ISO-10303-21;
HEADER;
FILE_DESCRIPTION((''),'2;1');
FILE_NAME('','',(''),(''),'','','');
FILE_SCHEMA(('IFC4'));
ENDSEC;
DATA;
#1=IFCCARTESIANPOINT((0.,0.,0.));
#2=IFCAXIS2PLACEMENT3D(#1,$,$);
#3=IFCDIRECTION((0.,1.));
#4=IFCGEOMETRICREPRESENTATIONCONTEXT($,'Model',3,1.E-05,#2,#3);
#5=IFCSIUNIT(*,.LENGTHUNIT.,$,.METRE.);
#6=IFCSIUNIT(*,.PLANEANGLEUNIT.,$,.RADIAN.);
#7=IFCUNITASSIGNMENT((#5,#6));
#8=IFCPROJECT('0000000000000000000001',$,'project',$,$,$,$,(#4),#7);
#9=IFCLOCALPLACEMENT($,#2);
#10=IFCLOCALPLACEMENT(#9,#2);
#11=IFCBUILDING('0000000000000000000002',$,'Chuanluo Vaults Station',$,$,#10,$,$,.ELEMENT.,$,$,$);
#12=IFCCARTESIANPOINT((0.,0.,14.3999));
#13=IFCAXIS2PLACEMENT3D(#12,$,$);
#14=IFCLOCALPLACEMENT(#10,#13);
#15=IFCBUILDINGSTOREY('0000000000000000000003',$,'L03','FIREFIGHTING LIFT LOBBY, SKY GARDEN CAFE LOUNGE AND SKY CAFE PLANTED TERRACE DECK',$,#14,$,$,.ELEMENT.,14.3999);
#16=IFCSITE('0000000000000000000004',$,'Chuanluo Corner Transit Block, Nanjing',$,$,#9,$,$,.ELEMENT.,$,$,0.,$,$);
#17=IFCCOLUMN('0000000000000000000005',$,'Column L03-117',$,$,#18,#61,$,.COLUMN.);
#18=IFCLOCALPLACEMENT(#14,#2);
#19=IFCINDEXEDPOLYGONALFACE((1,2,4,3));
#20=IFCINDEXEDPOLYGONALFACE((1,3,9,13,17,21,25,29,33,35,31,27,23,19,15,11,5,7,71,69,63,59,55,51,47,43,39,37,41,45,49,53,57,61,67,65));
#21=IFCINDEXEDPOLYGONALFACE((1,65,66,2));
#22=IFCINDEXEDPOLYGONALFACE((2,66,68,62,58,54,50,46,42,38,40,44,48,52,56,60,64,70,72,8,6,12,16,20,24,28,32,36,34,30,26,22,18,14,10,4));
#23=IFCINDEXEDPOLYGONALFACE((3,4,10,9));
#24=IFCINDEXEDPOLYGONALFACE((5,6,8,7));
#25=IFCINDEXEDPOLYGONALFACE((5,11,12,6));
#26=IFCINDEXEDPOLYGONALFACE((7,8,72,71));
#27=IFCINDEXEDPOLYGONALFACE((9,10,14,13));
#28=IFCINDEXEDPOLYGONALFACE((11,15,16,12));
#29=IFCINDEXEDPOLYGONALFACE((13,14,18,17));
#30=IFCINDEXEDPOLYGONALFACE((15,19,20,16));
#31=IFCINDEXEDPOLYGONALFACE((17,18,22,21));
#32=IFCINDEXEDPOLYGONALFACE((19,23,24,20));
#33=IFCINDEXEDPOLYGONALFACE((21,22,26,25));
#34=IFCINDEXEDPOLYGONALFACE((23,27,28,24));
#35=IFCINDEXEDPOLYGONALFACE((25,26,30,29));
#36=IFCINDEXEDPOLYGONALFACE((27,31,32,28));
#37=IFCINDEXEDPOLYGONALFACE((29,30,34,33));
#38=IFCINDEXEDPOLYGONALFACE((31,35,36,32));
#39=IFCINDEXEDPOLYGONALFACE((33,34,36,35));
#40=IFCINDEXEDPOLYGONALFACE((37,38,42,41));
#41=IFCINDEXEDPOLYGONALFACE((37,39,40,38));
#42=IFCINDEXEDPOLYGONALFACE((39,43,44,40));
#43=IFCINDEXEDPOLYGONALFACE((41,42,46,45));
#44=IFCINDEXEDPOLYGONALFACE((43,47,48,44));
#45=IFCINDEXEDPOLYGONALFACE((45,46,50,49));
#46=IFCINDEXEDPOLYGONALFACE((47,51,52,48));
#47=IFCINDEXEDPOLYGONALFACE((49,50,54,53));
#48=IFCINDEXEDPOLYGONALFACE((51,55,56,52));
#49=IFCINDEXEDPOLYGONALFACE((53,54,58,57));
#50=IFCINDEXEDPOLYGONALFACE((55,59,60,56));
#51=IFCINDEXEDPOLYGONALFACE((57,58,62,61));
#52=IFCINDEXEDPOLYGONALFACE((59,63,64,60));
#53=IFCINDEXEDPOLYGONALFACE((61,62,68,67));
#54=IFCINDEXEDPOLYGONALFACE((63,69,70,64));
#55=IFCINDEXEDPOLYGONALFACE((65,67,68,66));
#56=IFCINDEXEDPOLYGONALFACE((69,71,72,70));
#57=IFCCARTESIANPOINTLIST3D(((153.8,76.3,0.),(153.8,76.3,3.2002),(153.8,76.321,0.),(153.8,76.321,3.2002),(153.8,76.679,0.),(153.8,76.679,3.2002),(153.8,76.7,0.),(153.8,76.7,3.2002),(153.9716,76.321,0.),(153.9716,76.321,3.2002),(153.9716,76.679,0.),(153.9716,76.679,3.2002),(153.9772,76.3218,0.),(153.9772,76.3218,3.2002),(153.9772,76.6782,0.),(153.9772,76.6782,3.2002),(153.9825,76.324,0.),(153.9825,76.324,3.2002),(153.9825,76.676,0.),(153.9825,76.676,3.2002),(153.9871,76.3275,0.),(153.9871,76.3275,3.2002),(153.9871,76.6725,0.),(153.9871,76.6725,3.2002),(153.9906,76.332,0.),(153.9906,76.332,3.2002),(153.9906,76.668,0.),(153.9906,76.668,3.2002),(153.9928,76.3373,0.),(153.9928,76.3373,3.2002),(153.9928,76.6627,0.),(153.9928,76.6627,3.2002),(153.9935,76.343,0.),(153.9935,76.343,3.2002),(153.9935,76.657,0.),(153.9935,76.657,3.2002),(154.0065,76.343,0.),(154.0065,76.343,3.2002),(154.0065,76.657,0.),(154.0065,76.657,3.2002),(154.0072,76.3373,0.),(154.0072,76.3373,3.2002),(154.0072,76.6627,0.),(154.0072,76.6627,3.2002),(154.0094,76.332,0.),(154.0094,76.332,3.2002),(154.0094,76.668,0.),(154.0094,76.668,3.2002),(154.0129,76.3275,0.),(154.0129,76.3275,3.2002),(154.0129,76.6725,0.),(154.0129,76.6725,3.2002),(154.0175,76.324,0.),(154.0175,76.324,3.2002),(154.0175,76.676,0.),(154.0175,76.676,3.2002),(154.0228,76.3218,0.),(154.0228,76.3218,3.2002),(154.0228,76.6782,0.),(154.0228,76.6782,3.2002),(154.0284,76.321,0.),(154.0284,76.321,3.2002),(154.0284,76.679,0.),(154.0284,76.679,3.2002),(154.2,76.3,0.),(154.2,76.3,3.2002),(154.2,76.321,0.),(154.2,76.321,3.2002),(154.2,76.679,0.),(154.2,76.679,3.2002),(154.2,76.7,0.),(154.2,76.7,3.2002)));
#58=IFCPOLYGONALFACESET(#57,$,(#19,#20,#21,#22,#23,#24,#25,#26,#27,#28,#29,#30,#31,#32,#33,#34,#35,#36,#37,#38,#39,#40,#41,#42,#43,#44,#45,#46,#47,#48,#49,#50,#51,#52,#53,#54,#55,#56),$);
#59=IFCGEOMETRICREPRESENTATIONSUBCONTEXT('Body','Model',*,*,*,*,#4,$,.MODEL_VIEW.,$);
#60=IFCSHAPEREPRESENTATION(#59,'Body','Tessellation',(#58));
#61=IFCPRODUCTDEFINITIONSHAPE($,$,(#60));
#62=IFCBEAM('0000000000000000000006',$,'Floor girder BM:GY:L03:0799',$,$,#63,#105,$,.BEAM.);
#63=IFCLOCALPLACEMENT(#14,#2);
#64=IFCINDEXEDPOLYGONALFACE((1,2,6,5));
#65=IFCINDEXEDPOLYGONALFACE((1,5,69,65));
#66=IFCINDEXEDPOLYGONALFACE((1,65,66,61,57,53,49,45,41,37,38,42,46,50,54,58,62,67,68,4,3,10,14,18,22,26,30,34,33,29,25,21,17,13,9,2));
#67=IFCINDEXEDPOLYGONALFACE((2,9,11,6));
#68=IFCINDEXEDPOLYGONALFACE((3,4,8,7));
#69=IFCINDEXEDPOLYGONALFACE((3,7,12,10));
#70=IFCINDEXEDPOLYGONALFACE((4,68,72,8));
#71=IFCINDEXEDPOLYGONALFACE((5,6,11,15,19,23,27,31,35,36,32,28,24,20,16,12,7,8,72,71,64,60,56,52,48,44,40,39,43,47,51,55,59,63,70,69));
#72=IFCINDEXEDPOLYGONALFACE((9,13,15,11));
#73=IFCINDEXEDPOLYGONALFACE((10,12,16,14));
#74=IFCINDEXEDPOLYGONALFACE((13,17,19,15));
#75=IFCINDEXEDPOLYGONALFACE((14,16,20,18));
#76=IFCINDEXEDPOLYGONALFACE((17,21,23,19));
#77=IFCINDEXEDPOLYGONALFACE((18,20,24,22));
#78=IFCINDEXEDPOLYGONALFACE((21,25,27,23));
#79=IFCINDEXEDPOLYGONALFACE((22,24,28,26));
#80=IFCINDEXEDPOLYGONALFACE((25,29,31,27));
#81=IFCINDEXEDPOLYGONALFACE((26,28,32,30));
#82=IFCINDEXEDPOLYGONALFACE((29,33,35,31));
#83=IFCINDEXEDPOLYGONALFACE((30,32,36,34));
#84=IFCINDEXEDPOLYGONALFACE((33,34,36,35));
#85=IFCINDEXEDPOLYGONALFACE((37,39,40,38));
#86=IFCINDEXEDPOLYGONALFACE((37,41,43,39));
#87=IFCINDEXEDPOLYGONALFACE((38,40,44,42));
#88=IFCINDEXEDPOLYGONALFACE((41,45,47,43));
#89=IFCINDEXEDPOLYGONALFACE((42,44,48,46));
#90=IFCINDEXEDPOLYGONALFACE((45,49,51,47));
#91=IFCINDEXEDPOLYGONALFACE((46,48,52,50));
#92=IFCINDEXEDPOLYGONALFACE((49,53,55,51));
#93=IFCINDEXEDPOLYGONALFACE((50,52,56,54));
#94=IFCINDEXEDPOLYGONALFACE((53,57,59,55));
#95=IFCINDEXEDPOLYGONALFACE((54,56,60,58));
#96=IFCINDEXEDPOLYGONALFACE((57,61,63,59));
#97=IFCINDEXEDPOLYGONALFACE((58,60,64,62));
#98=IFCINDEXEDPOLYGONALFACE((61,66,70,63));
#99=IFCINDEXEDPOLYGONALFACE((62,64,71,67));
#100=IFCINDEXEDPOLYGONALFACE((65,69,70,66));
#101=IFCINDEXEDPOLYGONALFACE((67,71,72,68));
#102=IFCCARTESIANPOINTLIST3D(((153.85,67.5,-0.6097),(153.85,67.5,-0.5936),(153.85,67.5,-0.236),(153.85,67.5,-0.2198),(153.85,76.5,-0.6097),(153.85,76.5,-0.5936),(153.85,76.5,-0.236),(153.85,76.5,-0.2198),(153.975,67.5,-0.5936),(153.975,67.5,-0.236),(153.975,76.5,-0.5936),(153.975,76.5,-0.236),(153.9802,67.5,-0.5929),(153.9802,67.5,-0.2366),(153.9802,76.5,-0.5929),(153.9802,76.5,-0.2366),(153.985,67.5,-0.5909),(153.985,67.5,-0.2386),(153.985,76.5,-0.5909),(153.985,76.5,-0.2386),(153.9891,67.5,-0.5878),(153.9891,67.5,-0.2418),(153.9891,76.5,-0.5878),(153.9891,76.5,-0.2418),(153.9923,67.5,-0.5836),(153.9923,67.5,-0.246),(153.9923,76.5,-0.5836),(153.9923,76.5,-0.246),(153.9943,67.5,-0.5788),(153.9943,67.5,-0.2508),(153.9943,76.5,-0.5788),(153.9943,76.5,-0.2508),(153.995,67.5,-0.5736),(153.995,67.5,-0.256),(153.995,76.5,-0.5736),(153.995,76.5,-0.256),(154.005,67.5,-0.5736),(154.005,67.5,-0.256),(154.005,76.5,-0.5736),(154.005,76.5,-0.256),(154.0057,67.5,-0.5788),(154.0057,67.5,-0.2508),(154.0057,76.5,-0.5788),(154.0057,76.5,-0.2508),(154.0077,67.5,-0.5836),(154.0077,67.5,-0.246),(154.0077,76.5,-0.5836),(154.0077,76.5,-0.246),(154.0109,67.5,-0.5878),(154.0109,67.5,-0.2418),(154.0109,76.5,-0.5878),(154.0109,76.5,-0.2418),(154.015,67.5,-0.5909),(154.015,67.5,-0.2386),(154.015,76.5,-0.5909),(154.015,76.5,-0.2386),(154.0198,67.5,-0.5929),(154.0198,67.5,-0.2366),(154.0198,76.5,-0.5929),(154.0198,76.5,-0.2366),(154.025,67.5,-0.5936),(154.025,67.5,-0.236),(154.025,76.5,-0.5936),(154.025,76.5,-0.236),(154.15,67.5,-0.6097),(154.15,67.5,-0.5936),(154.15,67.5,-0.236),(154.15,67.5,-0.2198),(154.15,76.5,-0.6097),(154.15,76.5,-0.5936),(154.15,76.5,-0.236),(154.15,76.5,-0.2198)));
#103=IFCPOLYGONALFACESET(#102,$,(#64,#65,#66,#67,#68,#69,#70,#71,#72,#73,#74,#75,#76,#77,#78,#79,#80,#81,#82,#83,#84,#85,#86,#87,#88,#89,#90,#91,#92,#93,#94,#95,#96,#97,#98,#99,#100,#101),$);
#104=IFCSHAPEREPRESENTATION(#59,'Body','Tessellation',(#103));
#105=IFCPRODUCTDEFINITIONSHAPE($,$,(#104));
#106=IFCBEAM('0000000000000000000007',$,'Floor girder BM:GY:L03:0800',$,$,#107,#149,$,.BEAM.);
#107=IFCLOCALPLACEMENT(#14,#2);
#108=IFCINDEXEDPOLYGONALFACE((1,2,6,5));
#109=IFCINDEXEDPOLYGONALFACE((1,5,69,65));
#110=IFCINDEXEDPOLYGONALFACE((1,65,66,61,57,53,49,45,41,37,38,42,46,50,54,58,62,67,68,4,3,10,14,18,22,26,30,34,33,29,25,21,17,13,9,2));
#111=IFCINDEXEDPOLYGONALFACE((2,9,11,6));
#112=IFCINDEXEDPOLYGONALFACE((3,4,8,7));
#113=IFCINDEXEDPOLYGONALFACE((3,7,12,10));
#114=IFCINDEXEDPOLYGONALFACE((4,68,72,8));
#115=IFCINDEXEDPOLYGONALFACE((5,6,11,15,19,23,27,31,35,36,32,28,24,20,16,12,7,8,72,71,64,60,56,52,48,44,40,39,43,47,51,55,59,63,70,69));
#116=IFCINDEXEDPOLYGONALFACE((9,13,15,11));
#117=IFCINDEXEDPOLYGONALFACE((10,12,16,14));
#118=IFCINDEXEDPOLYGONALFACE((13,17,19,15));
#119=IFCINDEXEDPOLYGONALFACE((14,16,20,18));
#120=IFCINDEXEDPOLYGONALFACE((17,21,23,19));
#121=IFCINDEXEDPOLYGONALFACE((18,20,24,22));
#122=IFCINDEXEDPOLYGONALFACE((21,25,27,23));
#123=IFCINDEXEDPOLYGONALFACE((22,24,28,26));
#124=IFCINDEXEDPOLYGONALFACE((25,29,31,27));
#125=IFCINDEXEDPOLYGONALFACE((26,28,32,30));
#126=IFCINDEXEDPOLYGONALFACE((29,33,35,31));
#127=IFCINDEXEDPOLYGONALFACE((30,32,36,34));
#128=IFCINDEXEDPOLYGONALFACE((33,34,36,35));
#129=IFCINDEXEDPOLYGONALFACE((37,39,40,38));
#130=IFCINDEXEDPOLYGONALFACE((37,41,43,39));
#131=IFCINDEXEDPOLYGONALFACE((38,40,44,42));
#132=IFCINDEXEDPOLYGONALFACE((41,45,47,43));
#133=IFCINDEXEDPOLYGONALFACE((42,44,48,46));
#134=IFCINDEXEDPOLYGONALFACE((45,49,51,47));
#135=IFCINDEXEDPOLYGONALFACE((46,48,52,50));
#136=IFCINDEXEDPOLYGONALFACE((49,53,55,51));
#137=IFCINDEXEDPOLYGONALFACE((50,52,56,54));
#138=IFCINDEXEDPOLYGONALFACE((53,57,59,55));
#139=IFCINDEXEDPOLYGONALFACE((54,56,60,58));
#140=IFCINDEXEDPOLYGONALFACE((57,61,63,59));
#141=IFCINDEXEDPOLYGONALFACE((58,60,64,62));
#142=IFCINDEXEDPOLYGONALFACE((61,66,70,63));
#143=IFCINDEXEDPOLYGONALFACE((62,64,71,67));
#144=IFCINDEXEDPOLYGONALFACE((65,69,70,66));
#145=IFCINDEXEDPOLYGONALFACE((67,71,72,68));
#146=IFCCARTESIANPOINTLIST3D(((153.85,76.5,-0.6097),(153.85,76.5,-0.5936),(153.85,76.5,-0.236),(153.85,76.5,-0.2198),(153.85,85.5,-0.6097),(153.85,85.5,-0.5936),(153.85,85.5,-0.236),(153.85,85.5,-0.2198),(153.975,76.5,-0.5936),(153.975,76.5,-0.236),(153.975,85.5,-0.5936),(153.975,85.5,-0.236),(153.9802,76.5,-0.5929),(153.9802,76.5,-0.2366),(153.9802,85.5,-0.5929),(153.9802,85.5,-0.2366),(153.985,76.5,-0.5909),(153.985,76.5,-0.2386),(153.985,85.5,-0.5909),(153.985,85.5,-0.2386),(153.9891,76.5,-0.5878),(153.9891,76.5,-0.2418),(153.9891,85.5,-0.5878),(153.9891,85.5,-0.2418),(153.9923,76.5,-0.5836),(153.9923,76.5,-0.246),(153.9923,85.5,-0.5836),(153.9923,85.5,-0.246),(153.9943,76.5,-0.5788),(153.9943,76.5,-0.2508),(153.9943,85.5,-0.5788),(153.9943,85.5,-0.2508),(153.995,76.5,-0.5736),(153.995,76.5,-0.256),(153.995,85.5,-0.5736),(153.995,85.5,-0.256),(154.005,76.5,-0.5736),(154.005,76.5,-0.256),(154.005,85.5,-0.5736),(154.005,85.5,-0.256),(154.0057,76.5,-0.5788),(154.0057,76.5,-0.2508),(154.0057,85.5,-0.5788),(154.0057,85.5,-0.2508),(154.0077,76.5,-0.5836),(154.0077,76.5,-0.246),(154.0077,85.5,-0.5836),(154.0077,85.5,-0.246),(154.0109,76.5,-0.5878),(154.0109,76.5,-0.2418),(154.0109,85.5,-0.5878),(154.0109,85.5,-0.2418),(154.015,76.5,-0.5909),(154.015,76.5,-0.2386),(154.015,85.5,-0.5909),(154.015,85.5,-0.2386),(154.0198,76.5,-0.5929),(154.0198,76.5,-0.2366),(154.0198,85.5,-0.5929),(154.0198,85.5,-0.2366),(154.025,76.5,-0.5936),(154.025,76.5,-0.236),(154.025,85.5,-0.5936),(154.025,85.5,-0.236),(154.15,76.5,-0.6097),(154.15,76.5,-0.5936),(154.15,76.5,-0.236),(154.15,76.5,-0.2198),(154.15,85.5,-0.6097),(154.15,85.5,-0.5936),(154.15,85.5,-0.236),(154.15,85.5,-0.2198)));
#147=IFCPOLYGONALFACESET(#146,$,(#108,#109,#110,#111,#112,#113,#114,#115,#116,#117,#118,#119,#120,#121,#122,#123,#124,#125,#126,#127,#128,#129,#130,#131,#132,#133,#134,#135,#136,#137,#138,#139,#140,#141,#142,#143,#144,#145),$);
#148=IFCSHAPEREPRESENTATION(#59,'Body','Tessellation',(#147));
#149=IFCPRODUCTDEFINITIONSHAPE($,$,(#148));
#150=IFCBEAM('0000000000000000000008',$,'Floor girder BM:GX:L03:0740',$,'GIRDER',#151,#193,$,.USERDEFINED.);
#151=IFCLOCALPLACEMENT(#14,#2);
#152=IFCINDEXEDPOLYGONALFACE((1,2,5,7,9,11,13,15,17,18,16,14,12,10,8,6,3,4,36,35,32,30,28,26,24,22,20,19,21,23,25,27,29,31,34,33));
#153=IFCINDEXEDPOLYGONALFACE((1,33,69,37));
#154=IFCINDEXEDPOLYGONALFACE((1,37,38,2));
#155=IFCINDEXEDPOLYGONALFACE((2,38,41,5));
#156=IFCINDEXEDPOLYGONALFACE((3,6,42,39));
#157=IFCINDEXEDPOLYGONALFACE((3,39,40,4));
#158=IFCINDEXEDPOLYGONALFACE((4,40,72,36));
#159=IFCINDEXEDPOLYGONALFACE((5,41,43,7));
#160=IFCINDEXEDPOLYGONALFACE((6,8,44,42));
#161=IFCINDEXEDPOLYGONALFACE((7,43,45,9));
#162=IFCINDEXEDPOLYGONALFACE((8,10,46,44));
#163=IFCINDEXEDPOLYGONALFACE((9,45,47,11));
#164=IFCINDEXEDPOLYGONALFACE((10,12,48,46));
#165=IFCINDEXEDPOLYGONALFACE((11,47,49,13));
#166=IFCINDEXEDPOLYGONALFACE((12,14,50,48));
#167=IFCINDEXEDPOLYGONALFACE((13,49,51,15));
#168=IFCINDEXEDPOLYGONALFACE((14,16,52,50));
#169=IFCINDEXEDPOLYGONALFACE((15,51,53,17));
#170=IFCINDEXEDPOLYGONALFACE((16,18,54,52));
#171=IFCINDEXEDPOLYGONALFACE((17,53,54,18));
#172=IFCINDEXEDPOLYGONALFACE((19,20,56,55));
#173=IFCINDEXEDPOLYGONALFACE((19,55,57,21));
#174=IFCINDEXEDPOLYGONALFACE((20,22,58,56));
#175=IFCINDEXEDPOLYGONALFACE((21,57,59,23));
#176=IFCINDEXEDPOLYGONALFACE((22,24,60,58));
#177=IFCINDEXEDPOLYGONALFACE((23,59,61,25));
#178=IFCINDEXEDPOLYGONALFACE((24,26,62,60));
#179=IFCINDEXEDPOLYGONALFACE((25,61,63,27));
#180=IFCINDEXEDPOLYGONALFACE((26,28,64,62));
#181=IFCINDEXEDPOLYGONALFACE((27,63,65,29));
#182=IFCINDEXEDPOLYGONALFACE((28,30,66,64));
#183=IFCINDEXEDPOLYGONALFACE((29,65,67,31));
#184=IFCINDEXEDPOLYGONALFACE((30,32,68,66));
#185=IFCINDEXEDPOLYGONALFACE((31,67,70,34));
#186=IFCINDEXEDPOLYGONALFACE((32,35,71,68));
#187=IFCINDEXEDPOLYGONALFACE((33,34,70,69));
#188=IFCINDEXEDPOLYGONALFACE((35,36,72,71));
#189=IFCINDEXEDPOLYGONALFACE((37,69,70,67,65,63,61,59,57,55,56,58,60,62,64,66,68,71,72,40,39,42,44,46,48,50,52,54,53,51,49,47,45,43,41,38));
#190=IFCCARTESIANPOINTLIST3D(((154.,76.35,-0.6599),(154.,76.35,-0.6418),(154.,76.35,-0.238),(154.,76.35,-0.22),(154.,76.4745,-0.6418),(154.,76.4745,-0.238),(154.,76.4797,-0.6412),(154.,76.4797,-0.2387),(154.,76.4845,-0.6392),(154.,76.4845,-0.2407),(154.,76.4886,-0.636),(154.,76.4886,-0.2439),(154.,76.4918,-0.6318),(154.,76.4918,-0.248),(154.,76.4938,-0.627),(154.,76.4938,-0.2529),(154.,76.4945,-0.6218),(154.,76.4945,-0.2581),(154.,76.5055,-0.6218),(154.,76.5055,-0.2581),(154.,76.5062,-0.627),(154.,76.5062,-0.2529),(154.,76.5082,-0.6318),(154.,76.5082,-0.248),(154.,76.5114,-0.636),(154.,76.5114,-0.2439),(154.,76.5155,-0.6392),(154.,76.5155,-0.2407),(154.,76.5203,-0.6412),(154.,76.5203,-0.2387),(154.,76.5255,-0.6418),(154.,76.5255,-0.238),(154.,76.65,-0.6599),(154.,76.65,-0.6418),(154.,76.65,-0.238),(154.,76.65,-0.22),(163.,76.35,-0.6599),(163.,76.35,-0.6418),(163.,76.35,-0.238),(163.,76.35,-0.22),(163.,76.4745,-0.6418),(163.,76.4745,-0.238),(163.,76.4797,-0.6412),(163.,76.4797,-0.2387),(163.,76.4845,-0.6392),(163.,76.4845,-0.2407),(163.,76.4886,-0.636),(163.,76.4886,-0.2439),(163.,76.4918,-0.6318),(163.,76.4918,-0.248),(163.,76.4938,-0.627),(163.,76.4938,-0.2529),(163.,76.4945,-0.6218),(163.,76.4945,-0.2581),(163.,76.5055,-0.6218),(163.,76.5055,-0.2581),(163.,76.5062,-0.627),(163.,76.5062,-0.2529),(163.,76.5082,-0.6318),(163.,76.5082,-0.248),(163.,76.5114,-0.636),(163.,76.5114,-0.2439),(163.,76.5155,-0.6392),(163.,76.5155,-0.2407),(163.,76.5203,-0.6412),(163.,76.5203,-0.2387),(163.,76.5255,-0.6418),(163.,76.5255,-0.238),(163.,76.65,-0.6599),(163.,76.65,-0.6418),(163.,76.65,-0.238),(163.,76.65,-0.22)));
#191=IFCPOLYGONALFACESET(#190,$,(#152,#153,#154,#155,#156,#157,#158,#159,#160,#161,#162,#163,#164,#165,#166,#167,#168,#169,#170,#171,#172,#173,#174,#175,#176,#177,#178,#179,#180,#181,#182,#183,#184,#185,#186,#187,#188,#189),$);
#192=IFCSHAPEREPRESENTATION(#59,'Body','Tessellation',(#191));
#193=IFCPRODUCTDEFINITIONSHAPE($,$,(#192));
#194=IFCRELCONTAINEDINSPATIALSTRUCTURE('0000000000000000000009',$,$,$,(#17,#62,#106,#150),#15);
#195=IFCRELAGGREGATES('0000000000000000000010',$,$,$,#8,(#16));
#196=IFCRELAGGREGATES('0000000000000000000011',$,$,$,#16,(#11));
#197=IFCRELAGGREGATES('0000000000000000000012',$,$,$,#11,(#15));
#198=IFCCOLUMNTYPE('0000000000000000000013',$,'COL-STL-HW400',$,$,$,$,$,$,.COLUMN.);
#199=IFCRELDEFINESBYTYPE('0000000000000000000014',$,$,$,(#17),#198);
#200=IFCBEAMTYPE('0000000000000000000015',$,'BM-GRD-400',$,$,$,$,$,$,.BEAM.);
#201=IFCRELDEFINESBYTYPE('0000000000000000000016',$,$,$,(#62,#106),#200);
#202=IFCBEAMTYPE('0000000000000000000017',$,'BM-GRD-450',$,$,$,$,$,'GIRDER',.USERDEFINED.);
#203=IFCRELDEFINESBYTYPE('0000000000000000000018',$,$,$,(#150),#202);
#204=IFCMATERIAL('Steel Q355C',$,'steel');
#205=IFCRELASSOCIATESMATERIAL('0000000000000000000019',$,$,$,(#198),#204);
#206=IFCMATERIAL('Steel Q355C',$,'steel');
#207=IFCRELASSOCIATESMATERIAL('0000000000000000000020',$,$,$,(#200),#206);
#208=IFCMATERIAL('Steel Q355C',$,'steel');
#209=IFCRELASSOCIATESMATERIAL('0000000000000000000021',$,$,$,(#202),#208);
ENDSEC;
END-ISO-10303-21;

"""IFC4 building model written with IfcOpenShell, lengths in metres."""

from ifc_helpers import new_model, si_unit, direction, frame, origin, origin_2d, place, context, subcontext, project, spatial, i_section, extrude, material, material_profile, profile_set, type_object, element, save


model = new_model("IFC4")

# Units and contexts
model_context = context("Model", 3, precision=1e-05, world=origin(), true_north=direction((0.0, 1.0)))
body_context = subcontext(model_context, "Body", "Model", "MODEL_VIEW")
ifc_project = project(units=[si_unit("LENGTHUNIT", "METRE"), si_unit("PLANEANGLEUNIT", "RADIAN")], contexts=[model_context])

# Site, building, storey
site_placement = place(None, origin())
site = spatial("IfcSite", under=ifc_project, at=site_placement, Name="Chuanluo Corner Transit Block, Nanjing", CompositionType="ELEMENT", RefElevation=0.0)
building_placement = place(site_placement, origin())
building = spatial("IfcBuilding", under=site, at=building_placement, Name="Chuanluo Vaults Station", CompositionType="ELEMENT")
storey_placement = place(building_placement, frame((0.0, 0.0, 14.3999)))
storey = spatial("IfcBuildingStorey", under=building, at=storey_placement, Name="L03", Description="FIREFIGHTING LIFT LOBBY, SKY GARDEN CAFE LOUNGE AND SKY CAFE PLANTED TERRACE DECK", CompositionType="ELEMENT", Elevation=14.3999)

# Column
ifc_material_1 = material(Name="Steel Q355C", Category="steel")
ifc_material_profile_1 = material_profile(ifc_material_1, i_section(OverallWidth=0.3999, OverallDepth=0.3999, WebThickness=0.0129, FlangeThickness=0.021, FilletRadius=0.022, at=origin_2d()))
ifc_profile_set_1 = profile_set([ifc_material_profile_1], Name="Steel Q355C")
column_type = type_object("IfcColumnType", Name="COL-STL-HW400", PredefinedType="COLUMN", material=ifc_profile_set_1)
column_placement = place(storey_placement, frame((154.0, 76.5, 0.0), z_axis=(0.0, 0.0, 1.0), x_axis=(1.0, 0.0, 0.0)))
element("IfcColumn", 1, at=column_placement, inside=storey, type_object=column_type, Name="Column L03-117", PredefinedType="COLUMN", context=body_context, shape_type="SweptSolid", body=[
    extrude(i_section(OverallWidth=0.3999, OverallDepth=0.3999, WebThickness=0.0129, FlangeThickness=0.021, FilletRadius=0.022, at=origin_2d()), origin(), (0.0, 0.0, 1.0), 3.2002),
])

# Beams
ifc_material_2 = material(Name="Steel Q355C", Category="steel")
ifc_material_profile_2 = material_profile(ifc_material_2, i_section(OverallWidth=0.3, OverallDepth=0.3899, WebThickness=0.01, FlangeThickness=0.0161, FilletRadius=0.02, at=origin_2d()))
ifc_profile_set_2 = profile_set([ifc_material_profile_2], Name="Steel Q355C")
beam_type_1 = type_object("IfcBeamType", Name="BM-GRD-400", PredefinedType="BEAM", material=ifc_profile_set_2)
for number, where, z_axis, x_axis, name in (
    (2, (154.0, 67.5, -0.4148), (0.0, 1.0, 0.0), (-1.0, 0.0, 0.0), "Floor girder BM:GY:L03:0799"),
    (3, (154.0, 76.5, -0.4148), (0.0, 1.0, 0.0), (-1.0, 0.0, 0.0), "Floor girder BM:GY:L03:0800"),
):
    element("IfcBeam", number, at=place(storey_placement, frame(where, z_axis=z_axis, x_axis=x_axis)), inside=storey, type_object=beam_type_1, Name=name, PredefinedType="BEAM", context=body_context, shape_type="SweptSolid", body=[
        extrude(i_section(OverallWidth=0.3, OverallDepth=0.3899, WebThickness=0.01, FlangeThickness=0.0161, FilletRadius=0.02, at=origin_2d()), origin(), (0.0, 0.0, 1.0), 9.0),
    ])
ifc_material_3 = material(Name="Steel Q355C", Category="steel")
ifc_material_profile_3 = material_profile(ifc_material_3, i_section(OverallWidth=0.3, OverallDepth=0.4399, WebThickness=0.011, FlangeThickness=0.0181, FilletRadius=0.02, at=origin_2d()))
ifc_profile_set_3 = profile_set([ifc_material_profile_3], Name="Steel Q355C")
beam_type_2 = type_object("IfcBeamType", Name="BM-GRD-450", ElementType="GIRDER", PredefinedType="USERDEFINED", material=ifc_profile_set_3)
beam_1_placement = place(storey_placement, frame((154.0, 76.5, -0.4399), z_axis=(1.0, 0.0, 0.0), x_axis=(0.0, 1.0, 0.0)))
element("IfcBeam", 4, at=beam_1_placement, inside=storey, type_object=beam_type_2, Name="Floor girder BM:GX:L03:0740", ObjectType="GIRDER", PredefinedType="USERDEFINED", context=body_context, shape_type="SweptSolid", body=[
    extrude(i_section(OverallWidth=0.3, OverallDepth=0.4399, WebThickness=0.011, FlangeThickness=0.0181, FilletRadius=0.02, at=origin_2d()), origin(), (0.0, 0.0, 1.0), 9.0),
])

save(model, "model.ifc")
